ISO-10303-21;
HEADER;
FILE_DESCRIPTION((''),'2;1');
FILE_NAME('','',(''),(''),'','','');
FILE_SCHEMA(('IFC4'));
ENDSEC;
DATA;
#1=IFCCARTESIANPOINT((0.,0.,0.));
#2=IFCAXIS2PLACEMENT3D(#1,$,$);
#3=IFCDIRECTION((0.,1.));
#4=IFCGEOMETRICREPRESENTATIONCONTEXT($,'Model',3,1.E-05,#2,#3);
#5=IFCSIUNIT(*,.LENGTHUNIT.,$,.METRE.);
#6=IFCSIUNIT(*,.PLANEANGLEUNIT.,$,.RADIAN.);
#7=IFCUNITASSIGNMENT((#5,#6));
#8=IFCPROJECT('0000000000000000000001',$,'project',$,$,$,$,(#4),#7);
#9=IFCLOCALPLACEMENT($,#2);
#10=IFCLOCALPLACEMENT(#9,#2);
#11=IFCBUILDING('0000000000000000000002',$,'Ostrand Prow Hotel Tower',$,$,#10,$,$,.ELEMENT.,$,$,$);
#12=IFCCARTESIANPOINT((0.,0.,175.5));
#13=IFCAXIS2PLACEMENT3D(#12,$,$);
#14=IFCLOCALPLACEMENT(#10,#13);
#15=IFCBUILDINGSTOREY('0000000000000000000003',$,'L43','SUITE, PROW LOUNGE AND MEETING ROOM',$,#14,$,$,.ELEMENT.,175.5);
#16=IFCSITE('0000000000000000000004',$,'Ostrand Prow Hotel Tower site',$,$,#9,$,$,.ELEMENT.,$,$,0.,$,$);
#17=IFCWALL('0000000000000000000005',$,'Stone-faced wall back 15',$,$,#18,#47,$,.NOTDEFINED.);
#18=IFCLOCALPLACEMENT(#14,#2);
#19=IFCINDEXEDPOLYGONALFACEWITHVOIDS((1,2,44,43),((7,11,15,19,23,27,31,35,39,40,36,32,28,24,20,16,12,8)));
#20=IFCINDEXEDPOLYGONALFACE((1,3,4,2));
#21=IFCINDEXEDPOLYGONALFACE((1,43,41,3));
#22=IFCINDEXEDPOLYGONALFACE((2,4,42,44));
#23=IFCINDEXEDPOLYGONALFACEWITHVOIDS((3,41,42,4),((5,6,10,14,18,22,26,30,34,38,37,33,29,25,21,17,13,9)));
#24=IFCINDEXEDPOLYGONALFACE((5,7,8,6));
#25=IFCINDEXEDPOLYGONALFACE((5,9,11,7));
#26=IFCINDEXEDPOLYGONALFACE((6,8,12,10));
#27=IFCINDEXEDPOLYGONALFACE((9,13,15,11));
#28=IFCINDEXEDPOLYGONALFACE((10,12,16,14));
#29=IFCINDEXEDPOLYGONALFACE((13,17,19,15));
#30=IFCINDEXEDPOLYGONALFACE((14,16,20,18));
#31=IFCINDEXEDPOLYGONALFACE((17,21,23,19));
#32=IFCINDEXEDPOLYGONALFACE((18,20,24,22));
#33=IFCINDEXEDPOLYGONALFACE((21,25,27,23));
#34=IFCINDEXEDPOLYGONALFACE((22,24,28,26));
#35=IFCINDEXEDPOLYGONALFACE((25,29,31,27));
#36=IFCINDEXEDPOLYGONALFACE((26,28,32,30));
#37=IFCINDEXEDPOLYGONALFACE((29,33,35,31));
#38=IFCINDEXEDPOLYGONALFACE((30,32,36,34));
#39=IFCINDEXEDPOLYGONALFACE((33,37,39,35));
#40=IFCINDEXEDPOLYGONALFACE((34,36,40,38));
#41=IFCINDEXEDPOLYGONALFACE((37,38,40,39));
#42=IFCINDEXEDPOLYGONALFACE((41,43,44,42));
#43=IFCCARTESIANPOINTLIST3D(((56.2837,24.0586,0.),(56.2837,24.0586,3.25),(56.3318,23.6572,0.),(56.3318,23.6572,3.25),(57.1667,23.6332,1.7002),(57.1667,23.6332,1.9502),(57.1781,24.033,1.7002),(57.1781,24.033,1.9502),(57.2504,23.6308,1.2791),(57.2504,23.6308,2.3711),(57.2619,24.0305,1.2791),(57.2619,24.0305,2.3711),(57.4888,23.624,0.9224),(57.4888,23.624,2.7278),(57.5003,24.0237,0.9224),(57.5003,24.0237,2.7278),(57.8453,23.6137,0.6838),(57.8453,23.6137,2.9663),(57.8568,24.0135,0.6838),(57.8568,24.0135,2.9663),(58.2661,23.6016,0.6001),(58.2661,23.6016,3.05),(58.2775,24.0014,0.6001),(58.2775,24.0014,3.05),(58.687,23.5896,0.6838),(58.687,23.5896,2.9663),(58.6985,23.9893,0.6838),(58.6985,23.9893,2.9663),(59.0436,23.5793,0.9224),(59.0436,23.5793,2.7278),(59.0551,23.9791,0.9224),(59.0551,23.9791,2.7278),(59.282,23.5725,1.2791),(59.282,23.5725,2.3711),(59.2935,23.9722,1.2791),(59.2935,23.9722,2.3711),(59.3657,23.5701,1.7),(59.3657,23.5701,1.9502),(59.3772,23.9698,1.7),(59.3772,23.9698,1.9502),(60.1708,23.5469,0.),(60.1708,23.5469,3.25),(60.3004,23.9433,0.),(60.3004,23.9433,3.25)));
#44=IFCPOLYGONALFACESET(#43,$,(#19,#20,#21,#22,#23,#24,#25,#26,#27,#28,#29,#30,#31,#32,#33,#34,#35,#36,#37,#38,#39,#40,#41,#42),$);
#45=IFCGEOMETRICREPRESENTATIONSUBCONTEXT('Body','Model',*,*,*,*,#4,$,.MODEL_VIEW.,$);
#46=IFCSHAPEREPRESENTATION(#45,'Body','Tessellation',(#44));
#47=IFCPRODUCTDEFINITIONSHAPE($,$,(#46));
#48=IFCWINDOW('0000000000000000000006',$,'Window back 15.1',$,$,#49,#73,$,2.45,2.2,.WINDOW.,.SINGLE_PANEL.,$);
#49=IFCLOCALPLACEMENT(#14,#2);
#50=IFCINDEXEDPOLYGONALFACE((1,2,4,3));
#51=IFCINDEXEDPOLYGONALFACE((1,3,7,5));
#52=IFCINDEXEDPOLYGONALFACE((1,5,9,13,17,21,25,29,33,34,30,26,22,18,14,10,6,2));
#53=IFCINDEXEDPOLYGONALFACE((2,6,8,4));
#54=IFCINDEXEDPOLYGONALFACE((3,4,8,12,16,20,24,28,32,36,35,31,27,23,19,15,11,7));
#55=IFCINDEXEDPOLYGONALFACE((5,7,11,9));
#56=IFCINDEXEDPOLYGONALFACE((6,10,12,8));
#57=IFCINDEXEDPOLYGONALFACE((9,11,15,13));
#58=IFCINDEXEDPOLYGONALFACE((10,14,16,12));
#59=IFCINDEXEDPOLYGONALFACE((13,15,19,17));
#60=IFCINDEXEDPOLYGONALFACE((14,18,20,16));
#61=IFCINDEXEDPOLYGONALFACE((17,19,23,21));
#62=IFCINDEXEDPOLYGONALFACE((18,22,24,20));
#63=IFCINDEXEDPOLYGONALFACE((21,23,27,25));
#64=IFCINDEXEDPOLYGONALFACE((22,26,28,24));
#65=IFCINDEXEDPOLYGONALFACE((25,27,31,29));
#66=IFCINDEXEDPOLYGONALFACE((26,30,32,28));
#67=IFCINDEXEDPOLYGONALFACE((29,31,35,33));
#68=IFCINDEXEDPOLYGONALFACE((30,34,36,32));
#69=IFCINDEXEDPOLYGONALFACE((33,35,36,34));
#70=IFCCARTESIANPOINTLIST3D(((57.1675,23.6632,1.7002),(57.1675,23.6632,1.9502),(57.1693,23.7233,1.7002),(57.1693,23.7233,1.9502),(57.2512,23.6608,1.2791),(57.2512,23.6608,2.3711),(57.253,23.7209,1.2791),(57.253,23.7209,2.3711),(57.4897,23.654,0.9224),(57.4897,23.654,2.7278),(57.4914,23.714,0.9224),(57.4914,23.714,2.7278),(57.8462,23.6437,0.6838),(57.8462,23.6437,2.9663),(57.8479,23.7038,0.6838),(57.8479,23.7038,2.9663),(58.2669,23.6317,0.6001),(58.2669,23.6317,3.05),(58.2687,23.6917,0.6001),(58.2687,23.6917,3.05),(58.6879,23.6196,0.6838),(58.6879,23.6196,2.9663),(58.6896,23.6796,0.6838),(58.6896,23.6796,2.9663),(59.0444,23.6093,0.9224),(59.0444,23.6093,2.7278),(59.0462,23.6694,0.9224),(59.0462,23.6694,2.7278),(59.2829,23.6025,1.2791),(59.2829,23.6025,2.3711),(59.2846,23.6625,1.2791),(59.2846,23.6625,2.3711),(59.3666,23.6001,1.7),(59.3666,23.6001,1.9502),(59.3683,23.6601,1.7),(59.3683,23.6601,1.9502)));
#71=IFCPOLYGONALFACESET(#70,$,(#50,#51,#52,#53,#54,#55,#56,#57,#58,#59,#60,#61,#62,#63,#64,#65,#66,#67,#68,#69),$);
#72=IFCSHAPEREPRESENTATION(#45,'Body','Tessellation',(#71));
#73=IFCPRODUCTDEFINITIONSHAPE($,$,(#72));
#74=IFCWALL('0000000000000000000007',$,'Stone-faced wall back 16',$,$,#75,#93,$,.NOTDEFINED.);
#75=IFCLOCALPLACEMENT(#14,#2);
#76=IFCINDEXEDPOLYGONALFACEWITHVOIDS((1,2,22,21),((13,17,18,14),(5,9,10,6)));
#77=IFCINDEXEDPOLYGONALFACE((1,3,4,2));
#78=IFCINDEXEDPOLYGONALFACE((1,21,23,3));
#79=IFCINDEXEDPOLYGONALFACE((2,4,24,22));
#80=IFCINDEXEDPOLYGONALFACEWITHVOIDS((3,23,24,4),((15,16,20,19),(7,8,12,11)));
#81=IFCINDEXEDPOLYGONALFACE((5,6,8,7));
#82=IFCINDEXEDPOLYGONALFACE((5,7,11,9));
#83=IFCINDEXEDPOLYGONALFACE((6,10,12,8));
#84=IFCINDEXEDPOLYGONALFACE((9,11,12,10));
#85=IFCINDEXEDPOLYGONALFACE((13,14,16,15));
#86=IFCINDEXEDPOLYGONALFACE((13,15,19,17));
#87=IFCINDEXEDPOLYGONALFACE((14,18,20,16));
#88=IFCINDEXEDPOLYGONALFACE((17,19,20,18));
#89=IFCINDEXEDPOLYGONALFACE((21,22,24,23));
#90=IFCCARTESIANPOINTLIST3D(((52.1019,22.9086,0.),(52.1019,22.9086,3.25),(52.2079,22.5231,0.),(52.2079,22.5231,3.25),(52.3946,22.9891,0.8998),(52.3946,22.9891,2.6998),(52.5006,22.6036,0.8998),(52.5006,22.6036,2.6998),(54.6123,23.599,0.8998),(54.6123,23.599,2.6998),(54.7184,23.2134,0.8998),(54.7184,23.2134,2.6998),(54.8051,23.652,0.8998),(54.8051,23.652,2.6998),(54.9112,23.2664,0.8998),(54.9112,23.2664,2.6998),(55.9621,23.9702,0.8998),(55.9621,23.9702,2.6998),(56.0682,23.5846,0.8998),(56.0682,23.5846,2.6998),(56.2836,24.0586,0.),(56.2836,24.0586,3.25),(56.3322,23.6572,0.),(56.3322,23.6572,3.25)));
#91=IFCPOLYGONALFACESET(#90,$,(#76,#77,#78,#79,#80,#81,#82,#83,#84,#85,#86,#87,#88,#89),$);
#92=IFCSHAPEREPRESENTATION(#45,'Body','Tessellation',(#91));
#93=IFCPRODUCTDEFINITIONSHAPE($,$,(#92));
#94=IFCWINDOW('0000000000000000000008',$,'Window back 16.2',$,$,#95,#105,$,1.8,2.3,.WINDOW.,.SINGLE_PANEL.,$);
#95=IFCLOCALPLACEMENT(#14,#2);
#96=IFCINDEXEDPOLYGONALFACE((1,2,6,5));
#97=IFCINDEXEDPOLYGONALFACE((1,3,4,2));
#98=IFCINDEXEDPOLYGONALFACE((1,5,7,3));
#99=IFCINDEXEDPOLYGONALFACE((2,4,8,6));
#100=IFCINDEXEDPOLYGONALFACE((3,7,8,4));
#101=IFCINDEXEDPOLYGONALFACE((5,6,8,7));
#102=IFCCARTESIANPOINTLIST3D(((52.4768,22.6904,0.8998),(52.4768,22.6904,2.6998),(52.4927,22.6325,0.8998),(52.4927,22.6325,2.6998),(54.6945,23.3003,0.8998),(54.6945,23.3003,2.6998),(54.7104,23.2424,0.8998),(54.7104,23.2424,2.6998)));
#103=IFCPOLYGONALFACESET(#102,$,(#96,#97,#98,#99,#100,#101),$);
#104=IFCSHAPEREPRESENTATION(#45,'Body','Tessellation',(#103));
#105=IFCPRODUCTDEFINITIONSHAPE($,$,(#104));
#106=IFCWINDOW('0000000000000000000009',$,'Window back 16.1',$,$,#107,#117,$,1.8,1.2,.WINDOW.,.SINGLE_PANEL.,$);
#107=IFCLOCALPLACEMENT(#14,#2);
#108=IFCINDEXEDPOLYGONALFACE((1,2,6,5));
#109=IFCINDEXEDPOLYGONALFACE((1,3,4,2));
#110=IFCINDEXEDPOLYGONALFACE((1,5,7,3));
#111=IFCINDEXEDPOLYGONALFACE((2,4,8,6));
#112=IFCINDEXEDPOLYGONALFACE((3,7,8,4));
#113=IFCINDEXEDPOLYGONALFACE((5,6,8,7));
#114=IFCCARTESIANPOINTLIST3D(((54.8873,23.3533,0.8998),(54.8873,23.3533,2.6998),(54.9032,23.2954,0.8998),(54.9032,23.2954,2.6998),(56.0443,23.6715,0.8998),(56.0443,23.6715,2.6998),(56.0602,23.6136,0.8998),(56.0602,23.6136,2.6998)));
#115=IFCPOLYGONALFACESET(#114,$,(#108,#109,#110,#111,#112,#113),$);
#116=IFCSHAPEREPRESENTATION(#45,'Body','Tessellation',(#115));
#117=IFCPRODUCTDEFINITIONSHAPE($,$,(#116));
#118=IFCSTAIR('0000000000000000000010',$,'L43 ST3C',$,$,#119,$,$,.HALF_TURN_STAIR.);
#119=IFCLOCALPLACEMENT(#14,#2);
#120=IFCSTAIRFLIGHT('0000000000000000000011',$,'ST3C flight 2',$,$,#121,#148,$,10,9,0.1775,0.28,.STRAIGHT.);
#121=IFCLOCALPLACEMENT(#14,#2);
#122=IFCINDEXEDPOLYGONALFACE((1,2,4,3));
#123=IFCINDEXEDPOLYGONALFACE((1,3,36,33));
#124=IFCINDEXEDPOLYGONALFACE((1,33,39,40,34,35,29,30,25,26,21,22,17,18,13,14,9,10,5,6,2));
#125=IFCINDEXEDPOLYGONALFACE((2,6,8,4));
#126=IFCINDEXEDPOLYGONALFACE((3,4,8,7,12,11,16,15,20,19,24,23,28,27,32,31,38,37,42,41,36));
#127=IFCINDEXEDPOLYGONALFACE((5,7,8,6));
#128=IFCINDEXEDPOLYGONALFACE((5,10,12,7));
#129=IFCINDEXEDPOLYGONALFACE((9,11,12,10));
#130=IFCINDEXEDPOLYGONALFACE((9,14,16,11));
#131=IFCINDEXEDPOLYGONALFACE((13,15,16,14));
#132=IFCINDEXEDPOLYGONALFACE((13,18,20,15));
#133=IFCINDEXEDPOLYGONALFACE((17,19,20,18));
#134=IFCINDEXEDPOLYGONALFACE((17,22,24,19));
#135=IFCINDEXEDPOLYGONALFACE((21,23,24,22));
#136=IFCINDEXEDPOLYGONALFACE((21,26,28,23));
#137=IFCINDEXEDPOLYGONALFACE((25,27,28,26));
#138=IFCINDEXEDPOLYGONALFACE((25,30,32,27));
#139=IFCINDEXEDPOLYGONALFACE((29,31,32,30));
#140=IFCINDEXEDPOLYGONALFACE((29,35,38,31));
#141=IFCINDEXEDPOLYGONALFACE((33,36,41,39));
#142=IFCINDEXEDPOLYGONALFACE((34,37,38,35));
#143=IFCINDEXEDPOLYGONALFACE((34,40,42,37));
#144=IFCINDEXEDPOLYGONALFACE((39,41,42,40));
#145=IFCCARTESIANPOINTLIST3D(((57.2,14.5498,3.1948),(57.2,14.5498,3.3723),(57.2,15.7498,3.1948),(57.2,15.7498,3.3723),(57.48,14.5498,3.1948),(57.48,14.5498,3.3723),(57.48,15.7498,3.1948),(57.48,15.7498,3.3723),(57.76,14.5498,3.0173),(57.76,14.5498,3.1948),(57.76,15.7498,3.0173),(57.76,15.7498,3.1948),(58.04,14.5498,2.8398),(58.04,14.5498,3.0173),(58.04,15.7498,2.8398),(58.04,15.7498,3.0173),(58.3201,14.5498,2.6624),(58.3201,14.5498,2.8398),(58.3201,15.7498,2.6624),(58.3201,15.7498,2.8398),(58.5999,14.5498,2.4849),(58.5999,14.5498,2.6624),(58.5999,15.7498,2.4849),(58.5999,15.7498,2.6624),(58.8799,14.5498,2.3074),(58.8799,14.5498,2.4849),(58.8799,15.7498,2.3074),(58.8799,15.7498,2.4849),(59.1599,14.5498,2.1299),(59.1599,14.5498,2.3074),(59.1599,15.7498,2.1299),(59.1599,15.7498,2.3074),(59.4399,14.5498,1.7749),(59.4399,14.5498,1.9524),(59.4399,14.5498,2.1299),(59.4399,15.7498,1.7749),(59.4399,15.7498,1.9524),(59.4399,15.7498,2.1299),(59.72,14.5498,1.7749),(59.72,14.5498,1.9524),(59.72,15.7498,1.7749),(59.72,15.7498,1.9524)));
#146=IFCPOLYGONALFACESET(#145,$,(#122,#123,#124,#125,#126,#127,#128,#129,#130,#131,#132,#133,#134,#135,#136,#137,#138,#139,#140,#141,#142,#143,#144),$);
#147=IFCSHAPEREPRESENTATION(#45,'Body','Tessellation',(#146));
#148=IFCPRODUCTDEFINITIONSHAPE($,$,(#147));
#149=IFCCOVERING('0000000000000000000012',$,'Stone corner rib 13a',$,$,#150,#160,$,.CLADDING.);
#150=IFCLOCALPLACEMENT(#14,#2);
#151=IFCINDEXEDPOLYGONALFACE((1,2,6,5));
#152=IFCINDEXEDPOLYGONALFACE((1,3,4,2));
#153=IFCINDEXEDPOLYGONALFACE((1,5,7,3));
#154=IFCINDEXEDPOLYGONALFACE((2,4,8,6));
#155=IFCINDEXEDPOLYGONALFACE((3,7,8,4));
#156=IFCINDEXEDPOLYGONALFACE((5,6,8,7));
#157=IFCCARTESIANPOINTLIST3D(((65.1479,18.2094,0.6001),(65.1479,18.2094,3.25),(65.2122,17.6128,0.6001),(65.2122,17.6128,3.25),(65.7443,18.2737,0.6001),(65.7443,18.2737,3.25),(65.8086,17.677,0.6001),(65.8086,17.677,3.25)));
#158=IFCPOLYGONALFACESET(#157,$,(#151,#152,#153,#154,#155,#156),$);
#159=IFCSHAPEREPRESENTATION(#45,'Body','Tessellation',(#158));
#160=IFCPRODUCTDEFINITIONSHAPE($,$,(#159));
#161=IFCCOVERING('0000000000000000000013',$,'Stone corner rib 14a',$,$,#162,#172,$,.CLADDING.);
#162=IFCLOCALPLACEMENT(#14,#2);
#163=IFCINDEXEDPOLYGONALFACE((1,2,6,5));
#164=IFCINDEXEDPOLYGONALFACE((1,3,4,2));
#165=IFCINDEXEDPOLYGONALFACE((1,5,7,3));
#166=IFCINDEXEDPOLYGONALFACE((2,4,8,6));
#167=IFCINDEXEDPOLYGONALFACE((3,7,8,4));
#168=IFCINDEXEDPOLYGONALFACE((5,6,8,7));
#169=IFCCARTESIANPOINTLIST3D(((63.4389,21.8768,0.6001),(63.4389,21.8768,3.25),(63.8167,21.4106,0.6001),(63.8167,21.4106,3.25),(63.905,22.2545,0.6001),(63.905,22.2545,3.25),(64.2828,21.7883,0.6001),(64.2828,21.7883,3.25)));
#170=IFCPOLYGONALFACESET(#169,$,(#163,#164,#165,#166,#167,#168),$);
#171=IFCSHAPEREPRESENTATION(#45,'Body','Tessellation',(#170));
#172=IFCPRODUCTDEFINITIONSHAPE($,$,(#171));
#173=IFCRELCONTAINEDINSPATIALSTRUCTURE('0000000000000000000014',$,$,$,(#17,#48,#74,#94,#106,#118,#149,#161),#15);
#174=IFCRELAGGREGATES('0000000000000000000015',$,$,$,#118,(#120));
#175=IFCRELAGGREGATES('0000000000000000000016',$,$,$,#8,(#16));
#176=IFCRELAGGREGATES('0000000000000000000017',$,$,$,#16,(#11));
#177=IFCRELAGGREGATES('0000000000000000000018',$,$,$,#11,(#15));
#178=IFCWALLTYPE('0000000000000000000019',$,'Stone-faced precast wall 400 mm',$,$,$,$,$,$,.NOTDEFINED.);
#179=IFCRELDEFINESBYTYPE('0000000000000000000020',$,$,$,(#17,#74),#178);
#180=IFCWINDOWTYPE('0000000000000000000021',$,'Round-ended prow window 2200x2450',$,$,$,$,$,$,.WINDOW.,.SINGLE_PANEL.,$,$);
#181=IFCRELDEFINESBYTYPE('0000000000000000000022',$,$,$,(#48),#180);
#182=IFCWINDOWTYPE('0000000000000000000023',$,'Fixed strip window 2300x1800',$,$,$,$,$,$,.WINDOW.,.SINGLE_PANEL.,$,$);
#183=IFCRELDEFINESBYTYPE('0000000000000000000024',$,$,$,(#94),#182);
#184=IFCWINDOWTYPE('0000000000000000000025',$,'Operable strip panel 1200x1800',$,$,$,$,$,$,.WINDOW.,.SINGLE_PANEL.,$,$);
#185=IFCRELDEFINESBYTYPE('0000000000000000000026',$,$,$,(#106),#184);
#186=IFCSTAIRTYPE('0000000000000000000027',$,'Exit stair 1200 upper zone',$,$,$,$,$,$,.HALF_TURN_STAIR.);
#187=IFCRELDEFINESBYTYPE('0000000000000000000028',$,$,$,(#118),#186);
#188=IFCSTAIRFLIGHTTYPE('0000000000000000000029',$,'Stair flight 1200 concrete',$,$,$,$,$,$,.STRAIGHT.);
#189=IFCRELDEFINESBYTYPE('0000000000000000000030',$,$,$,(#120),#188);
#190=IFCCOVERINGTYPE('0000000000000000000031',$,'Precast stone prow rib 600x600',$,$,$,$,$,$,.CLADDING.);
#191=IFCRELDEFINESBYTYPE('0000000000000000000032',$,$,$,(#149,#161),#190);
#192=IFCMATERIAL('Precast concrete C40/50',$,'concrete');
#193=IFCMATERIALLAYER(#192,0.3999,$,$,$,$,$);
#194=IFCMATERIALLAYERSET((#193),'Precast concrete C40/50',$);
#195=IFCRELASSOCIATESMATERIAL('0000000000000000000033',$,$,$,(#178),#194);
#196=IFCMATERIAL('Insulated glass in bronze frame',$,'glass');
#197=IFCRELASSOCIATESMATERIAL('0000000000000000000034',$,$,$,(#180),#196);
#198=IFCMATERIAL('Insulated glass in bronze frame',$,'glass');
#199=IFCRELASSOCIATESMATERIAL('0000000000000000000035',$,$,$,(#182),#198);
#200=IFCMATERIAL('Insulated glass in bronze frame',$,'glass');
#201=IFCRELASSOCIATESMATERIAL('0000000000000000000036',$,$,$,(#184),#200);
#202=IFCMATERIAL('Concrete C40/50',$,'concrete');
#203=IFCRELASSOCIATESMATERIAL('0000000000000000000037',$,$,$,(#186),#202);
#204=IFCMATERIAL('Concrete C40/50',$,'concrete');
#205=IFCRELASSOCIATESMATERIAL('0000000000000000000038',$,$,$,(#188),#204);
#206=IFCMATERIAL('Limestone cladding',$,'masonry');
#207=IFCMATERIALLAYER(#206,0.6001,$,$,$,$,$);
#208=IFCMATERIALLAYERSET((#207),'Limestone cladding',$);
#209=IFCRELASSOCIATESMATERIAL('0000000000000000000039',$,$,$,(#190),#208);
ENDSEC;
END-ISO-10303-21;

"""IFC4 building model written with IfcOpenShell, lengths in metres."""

from ifc_helpers import new_model, si_unit, direction, frame, frame_2d, origin, place, context, subcontext, project, spatial, polyline, rectangle, outline, extrude, material, layer, layer_set, type_object, element, fill, aggregate, save


model = new_model("IFC4")

# Units and contexts
model_context = context("Model", 3, precision=1e-05, world=origin(), true_north=direction((0.0, 1.0)))
body_context = subcontext(model_context, "Body", "Model", "MODEL_VIEW")
ifc_project = project(units=[si_unit("LENGTHUNIT", "METRE"), si_unit("PLANEANGLEUNIT", "RADIAN")], contexts=[model_context])

# Site, building, storey
site_placement = place(None, origin())
site = spatial("IfcSite", under=ifc_project, at=site_placement, Name="Ostrand Prow Hotel Tower site", CompositionType="ELEMENT", RefElevation=0.0)
building_placement = place(site_placement, origin())
building = spatial("IfcBuilding", under=site, at=building_placement, Name="Ostrand Prow Hotel Tower", CompositionType="ELEMENT")
storey_placement = place(building_placement, frame((0.0, 0.0, 175.5)))
storey = spatial("IfcBuildingStorey", under=building, at=storey_placement, Name="L43", Description="SUITE, PROW LOUNGE AND MEETING ROOM", CompositionType="ELEMENT", Elevation=175.5)

# Wall, opening, window
ifc_material_1 = material(Name="Precast concrete C40/50", Category="concrete")
ifc_layer_1 = layer(ifc_material_1, 0.3999)
ifc_layer_set_1 = layer_set([ifc_layer_1], Name="Precast concrete C40/50")
wall_type_1 = type_object("IfcWallType", Name="Stone-faced precast wall 400 mm", PredefinedType="NOTDEFINED", material=ifc_layer_set_1)
ifc_material_2 = material(Name="Insulated glass in bronze frame", Category="glass")
window_type_1 = type_object("IfcWindowType", Name="Round-ended prow window 2200x2450", PartitioningType="SINGLE_PANEL", PredefinedType="WINDOW", material=ifc_material_2)
wall_1_placement = place(storey_placement, frame((60.2356, 23.7451, 0.0), z_axis=(0.0, 0.0, 1.0), x_axis=(-0.999588, 0.028705, 0.0)))
wall_1 = element("IfcWall", 1, at=wall_1_placement, inside=storey, type_object=wall_type_1, Name="Stone-faced wall back 15", PredefinedType="NOTDEFINED", context=body_context, shape_type="SweptSolid", body=[
    extrude(outline(polyline([(-0.0591, -0.2), (3.9592, -0.2), (3.8997, 0.2), (0.0591, 0.2), (-0.0591, -0.2)])), origin(), (0.0, 0.0, 1.0), 3.25),
])
opening_1_placement = place(wall_1_placement, frame((0.8645, 0.0, 0.6001)))
opening_1 = element("IfcOpeningElement", 2, at=opening_1_placement, cuts=wall_1, PredefinedType="OPENING", context=body_context, shape_type="SweptSolid", body=[
    extrude(outline(polyline([(0.0, 1.3501), (0.0837, 1.771), (0.3223, 2.1277), (0.679, 2.3662), (1.1001, 2.45), (1.521, 2.3662), (1.8777, 2.1277), (2.1162, 1.771), (2.2, 1.3501), (2.2, 1.1001), (2.1162, 0.679), (1.8777, 0.3223), (1.521, 0.0837), (1.1001, 0.0), (0.679, 0.0837), (0.3223, 0.3223), (0.0837, 0.679), (0.0, 1.0999), (0.0, 1.3501)])), frame((0.0, 0.21, 0.0), z_axis=(0.0, -1.0, 0.0), x_axis=(1.0, 0.0, 0.0)), (0.0, 0.0, 1.0), 0.4199),
])
window_1_placement = place(opening_1_placement, origin())
window_1 = element("IfcWindow", 3, at=window_1_placement, inside=storey, type_object=window_type_1, Name="Window back 15.1", OverallHeight=2.45, OverallWidth=2.2, PartitioningType="SINGLE_PANEL", PredefinedType="WINDOW", context=body_context, shape_type="SweptSolid", body=[
    extrude(outline(polyline([(0.0, 1.3501), (0.0837, 1.771), (0.3223, 2.1277), (0.679, 2.3662), (1.1001, 2.45), (1.521, 2.3662), (1.8777, 2.1277), (2.1162, 1.771), (2.2, 1.3501), (2.2, 1.1001), (2.1162, 0.679), (1.8777, 0.3223), (1.521, 0.0837), (1.1001, 0.0), (0.679, 0.0837), (0.3223, 0.3223), (0.0837, 0.679), (0.0, 1.0999), (0.0, 1.3501)])), frame((0.0, 0.1699, 0.0), z_axis=(0.0, -1.0, 0.0), x_axis=(1.0, 0.0, 0.0)), (0.0, 0.0, 1.0), 0.0601),
])
fill(opening_1, window_1)

# Wall, openings, windows
wall_2_placement = place(storey_placement, frame((56.3079, 23.8579, 0.0), z_axis=(0.0, 0.0, 1.0), x_axis=(-0.964206, -0.265155, 0.0)))
wall_2 = element("IfcWall", 4, at=wall_2_placement, inside=storey, type_object=wall_type_1, Name="Stone-faced wall back 16", PredefinedType="NOTDEFINED", context=body_context, shape_type="SweptSolid", body=[
    extrude(outline(polyline([(-0.0298, -0.2), (4.3071, -0.2), (4.3071, 0.2), (0.0298, 0.2), (-0.0298, -0.2)])), origin(), (0.0, 0.0, 1.0), 3.25),
])
opening_2_placement = place(wall_2_placement, frame((0.3035, 0.0, 0.8999)))
opening_2 = element("IfcOpeningElement", 5, at=opening_2_placement, cuts=wall_2, PredefinedType="OPENING", context=body_context, shape_type="SweptSolid", body=[
    extrude(rectangle(XDim=1.2, YDim=1.8, at=frame_2d((0.6001, 0.8999))), frame((0.0, 0.21, 0.0), z_axis=(0.0, -1.0, 0.0), x_axis=(1.0, 0.0, 0.0)), (0.0, 0.0, 1.0), 0.4199),
])
opening_3_placement = place(wall_2_placement, frame((1.7036, 0.0, 0.8999)))
opening_3 = element("IfcOpeningElement", 6, at=opening_3_placement, cuts=wall_2, PredefinedType="OPENING", context=body_context, shape_type="SweptSolid", body=[
    extrude(rectangle(XDim=2.3, YDim=1.8, at=frame_2d((1.1499, 0.8999))), frame((0.0, 0.21, 0.0), z_axis=(0.0, -1.0, 0.0), x_axis=(1.0, 0.0, 0.0)), (0.0, 0.0, 1.0), 0.4199),
])
ifc_material_3 = material(Name="Insulated glass in bronze frame", Category="glass")
window_type_2 = type_object("IfcWindowType", Name="Fixed strip window 2300x1800", PartitioningType="SINGLE_PANEL", PredefinedType="WINDOW", material=ifc_material_3)
window_2_placement = place(opening_3_placement, origin())
window_2 = element("IfcWindow", 7, at=window_2_placement, inside=storey, type_object=window_type_2, Name="Window back 16.2", OverallHeight=1.8, OverallWidth=2.3, PartitioningType="SINGLE_PANEL", PredefinedType="WINDOW", context=body_context, shape_type="SweptSolid", body=[
    extrude(rectangle(XDim=2.3, YDim=1.8, at=frame_2d((1.1499, 0.8999))), frame((0.0, 0.1699, 0.0), z_axis=(0.0, -1.0, 0.0), x_axis=(1.0, 0.0, 0.0)), (0.0, 0.0, 1.0), 0.0601),
])
fill(opening_3, window_2)
ifc_material_4 = material(Name="Insulated glass in bronze frame", Category="glass")
window_type_3 = type_object("IfcWindowType", Name="Operable strip panel 1200x1800", PartitioningType="SINGLE_PANEL", PredefinedType="WINDOW", material=ifc_material_4)
window_3_placement = place(opening_2_placement, origin())
window_3 = element("IfcWindow", 8, at=window_3_placement, inside=storey, type_object=window_type_3, Name="Window back 16.1", OverallHeight=1.8, OverallWidth=1.2, PartitioningType="SINGLE_PANEL", PredefinedType="WINDOW", context=body_context, shape_type="SweptSolid", body=[
    extrude(rectangle(XDim=1.2, YDim=1.8, at=frame_2d((0.6001, 0.8999))), frame((0.0, 0.1699, 0.0), z_axis=(0.0, -1.0, 0.0), x_axis=(1.0, 0.0, 0.0)), (0.0, 0.0, 1.0), 0.0601),
])
fill(opening_2, window_3)

# Stair, stair flight
ifc_material_5 = material(Name="Concrete C40/50", Category="concrete")
stair_type = type_object("IfcStairType", Name="Exit stair 1200 upper zone", PredefinedType="HALF_TURN_STAIR", material=ifc_material_5)
stair_placement = place(storey_placement, origin())
stair = element("IfcStair", 9, at=stair_placement, inside=storey, type_object=stair_type, Name="L43 ST3C", PredefinedType="HALF_TURN_STAIR")
ifc_material_6 = material(Name="Concrete C40/50", Category="concrete")
stair_flight_type = type_object("IfcStairFlightType", Name="Stair flight 1200 concrete", PredefinedType="STRAIGHT", material=ifc_material_6)
stair_flight_placement = place(storey_placement, frame((59.72, 15.1499, 1.7749), z_axis=(0.0, 0.0, 1.0), x_axis=(-1.0, 0.0, 0.0)))
stair_flight = element("IfcStairFlight", 10, at=stair_flight_placement, type_object=stair_flight_type, Name="ST3C flight 2", NumberOfRisers=10, NumberOfTreads=9, PredefinedType="STRAIGHT", RiserHeight=0.1775, TreadLength=0.28, context=body_context, shape_type="SweptSolid", body=[
    extrude(outline(polyline([(0.0, 0.0), (0.0, 0.1775), (0.28, 0.1775), (0.28, 0.355), (0.5601, 0.355), (0.5601, 0.5325), (0.8401, 0.5325), (0.8401, 0.71), (1.1201, 0.71), (1.1201, 0.8875), (1.3999, 0.8875), (1.3999, 1.0649), (1.6799, 1.0649), (1.6799, 1.2424), (1.96, 1.2424), (1.96, 1.4199), (2.24, 1.4199), (2.24, 1.5974), (2.52, 1.5974), (2.52, 1.7749), (2.52, 1.4199), (0.28, 0.0), (0.0, 0.0)])), frame((0.0, 0.6001, 0.0), z_axis=(0.0, -1.0, 0.0), x_axis=(1.0, 0.0, 0.0)), (0.0, 0.0, 1.0), 1.2),
])
aggregate(stair, [stair_flight])

# Coverings
ifc_material_7 = material(Name="Limestone cladding", Category="masonry")
ifc_layer_2 = layer(ifc_material_7, 0.6001)
ifc_layer_set_2 = layer_set([ifc_layer_2], Name="Limestone cladding")
covering_type = type_object("IfcCoveringType", Name="Precast stone prow rib 600x600", PredefinedType="CLADDING", material=ifc_layer_set_2)
for number, where, z_axis, x_axis, name in (
    (11, (65.1802, 17.9111, 0.6001), (0.0, 0.0, 1.0), (0.994255, 0.107036, 0.0), "Stone corner rib 13a"),
    (12, (63.6279, 21.6438, 0.6001), (0.0, 0.0, 1.0), (0.776923, 0.629596, 0.0), "Stone corner rib 14a"),
):
    element("IfcCovering", number, at=place(storey_placement, frame(where, z_axis=z_axis, x_axis=x_axis)), inside=storey, type_object=covering_type, Name=name, PredefinedType="CLADDING", context=body_context, shape_type="SweptSolid", body=[
        extrude(rectangle(XDim=0.5999, YDim=0.6001, at=frame_2d((0.2998, 0.0))), origin(), (0.0, 0.0, 1.0), 2.6499),
    ])

save(model, "model.ifc")
